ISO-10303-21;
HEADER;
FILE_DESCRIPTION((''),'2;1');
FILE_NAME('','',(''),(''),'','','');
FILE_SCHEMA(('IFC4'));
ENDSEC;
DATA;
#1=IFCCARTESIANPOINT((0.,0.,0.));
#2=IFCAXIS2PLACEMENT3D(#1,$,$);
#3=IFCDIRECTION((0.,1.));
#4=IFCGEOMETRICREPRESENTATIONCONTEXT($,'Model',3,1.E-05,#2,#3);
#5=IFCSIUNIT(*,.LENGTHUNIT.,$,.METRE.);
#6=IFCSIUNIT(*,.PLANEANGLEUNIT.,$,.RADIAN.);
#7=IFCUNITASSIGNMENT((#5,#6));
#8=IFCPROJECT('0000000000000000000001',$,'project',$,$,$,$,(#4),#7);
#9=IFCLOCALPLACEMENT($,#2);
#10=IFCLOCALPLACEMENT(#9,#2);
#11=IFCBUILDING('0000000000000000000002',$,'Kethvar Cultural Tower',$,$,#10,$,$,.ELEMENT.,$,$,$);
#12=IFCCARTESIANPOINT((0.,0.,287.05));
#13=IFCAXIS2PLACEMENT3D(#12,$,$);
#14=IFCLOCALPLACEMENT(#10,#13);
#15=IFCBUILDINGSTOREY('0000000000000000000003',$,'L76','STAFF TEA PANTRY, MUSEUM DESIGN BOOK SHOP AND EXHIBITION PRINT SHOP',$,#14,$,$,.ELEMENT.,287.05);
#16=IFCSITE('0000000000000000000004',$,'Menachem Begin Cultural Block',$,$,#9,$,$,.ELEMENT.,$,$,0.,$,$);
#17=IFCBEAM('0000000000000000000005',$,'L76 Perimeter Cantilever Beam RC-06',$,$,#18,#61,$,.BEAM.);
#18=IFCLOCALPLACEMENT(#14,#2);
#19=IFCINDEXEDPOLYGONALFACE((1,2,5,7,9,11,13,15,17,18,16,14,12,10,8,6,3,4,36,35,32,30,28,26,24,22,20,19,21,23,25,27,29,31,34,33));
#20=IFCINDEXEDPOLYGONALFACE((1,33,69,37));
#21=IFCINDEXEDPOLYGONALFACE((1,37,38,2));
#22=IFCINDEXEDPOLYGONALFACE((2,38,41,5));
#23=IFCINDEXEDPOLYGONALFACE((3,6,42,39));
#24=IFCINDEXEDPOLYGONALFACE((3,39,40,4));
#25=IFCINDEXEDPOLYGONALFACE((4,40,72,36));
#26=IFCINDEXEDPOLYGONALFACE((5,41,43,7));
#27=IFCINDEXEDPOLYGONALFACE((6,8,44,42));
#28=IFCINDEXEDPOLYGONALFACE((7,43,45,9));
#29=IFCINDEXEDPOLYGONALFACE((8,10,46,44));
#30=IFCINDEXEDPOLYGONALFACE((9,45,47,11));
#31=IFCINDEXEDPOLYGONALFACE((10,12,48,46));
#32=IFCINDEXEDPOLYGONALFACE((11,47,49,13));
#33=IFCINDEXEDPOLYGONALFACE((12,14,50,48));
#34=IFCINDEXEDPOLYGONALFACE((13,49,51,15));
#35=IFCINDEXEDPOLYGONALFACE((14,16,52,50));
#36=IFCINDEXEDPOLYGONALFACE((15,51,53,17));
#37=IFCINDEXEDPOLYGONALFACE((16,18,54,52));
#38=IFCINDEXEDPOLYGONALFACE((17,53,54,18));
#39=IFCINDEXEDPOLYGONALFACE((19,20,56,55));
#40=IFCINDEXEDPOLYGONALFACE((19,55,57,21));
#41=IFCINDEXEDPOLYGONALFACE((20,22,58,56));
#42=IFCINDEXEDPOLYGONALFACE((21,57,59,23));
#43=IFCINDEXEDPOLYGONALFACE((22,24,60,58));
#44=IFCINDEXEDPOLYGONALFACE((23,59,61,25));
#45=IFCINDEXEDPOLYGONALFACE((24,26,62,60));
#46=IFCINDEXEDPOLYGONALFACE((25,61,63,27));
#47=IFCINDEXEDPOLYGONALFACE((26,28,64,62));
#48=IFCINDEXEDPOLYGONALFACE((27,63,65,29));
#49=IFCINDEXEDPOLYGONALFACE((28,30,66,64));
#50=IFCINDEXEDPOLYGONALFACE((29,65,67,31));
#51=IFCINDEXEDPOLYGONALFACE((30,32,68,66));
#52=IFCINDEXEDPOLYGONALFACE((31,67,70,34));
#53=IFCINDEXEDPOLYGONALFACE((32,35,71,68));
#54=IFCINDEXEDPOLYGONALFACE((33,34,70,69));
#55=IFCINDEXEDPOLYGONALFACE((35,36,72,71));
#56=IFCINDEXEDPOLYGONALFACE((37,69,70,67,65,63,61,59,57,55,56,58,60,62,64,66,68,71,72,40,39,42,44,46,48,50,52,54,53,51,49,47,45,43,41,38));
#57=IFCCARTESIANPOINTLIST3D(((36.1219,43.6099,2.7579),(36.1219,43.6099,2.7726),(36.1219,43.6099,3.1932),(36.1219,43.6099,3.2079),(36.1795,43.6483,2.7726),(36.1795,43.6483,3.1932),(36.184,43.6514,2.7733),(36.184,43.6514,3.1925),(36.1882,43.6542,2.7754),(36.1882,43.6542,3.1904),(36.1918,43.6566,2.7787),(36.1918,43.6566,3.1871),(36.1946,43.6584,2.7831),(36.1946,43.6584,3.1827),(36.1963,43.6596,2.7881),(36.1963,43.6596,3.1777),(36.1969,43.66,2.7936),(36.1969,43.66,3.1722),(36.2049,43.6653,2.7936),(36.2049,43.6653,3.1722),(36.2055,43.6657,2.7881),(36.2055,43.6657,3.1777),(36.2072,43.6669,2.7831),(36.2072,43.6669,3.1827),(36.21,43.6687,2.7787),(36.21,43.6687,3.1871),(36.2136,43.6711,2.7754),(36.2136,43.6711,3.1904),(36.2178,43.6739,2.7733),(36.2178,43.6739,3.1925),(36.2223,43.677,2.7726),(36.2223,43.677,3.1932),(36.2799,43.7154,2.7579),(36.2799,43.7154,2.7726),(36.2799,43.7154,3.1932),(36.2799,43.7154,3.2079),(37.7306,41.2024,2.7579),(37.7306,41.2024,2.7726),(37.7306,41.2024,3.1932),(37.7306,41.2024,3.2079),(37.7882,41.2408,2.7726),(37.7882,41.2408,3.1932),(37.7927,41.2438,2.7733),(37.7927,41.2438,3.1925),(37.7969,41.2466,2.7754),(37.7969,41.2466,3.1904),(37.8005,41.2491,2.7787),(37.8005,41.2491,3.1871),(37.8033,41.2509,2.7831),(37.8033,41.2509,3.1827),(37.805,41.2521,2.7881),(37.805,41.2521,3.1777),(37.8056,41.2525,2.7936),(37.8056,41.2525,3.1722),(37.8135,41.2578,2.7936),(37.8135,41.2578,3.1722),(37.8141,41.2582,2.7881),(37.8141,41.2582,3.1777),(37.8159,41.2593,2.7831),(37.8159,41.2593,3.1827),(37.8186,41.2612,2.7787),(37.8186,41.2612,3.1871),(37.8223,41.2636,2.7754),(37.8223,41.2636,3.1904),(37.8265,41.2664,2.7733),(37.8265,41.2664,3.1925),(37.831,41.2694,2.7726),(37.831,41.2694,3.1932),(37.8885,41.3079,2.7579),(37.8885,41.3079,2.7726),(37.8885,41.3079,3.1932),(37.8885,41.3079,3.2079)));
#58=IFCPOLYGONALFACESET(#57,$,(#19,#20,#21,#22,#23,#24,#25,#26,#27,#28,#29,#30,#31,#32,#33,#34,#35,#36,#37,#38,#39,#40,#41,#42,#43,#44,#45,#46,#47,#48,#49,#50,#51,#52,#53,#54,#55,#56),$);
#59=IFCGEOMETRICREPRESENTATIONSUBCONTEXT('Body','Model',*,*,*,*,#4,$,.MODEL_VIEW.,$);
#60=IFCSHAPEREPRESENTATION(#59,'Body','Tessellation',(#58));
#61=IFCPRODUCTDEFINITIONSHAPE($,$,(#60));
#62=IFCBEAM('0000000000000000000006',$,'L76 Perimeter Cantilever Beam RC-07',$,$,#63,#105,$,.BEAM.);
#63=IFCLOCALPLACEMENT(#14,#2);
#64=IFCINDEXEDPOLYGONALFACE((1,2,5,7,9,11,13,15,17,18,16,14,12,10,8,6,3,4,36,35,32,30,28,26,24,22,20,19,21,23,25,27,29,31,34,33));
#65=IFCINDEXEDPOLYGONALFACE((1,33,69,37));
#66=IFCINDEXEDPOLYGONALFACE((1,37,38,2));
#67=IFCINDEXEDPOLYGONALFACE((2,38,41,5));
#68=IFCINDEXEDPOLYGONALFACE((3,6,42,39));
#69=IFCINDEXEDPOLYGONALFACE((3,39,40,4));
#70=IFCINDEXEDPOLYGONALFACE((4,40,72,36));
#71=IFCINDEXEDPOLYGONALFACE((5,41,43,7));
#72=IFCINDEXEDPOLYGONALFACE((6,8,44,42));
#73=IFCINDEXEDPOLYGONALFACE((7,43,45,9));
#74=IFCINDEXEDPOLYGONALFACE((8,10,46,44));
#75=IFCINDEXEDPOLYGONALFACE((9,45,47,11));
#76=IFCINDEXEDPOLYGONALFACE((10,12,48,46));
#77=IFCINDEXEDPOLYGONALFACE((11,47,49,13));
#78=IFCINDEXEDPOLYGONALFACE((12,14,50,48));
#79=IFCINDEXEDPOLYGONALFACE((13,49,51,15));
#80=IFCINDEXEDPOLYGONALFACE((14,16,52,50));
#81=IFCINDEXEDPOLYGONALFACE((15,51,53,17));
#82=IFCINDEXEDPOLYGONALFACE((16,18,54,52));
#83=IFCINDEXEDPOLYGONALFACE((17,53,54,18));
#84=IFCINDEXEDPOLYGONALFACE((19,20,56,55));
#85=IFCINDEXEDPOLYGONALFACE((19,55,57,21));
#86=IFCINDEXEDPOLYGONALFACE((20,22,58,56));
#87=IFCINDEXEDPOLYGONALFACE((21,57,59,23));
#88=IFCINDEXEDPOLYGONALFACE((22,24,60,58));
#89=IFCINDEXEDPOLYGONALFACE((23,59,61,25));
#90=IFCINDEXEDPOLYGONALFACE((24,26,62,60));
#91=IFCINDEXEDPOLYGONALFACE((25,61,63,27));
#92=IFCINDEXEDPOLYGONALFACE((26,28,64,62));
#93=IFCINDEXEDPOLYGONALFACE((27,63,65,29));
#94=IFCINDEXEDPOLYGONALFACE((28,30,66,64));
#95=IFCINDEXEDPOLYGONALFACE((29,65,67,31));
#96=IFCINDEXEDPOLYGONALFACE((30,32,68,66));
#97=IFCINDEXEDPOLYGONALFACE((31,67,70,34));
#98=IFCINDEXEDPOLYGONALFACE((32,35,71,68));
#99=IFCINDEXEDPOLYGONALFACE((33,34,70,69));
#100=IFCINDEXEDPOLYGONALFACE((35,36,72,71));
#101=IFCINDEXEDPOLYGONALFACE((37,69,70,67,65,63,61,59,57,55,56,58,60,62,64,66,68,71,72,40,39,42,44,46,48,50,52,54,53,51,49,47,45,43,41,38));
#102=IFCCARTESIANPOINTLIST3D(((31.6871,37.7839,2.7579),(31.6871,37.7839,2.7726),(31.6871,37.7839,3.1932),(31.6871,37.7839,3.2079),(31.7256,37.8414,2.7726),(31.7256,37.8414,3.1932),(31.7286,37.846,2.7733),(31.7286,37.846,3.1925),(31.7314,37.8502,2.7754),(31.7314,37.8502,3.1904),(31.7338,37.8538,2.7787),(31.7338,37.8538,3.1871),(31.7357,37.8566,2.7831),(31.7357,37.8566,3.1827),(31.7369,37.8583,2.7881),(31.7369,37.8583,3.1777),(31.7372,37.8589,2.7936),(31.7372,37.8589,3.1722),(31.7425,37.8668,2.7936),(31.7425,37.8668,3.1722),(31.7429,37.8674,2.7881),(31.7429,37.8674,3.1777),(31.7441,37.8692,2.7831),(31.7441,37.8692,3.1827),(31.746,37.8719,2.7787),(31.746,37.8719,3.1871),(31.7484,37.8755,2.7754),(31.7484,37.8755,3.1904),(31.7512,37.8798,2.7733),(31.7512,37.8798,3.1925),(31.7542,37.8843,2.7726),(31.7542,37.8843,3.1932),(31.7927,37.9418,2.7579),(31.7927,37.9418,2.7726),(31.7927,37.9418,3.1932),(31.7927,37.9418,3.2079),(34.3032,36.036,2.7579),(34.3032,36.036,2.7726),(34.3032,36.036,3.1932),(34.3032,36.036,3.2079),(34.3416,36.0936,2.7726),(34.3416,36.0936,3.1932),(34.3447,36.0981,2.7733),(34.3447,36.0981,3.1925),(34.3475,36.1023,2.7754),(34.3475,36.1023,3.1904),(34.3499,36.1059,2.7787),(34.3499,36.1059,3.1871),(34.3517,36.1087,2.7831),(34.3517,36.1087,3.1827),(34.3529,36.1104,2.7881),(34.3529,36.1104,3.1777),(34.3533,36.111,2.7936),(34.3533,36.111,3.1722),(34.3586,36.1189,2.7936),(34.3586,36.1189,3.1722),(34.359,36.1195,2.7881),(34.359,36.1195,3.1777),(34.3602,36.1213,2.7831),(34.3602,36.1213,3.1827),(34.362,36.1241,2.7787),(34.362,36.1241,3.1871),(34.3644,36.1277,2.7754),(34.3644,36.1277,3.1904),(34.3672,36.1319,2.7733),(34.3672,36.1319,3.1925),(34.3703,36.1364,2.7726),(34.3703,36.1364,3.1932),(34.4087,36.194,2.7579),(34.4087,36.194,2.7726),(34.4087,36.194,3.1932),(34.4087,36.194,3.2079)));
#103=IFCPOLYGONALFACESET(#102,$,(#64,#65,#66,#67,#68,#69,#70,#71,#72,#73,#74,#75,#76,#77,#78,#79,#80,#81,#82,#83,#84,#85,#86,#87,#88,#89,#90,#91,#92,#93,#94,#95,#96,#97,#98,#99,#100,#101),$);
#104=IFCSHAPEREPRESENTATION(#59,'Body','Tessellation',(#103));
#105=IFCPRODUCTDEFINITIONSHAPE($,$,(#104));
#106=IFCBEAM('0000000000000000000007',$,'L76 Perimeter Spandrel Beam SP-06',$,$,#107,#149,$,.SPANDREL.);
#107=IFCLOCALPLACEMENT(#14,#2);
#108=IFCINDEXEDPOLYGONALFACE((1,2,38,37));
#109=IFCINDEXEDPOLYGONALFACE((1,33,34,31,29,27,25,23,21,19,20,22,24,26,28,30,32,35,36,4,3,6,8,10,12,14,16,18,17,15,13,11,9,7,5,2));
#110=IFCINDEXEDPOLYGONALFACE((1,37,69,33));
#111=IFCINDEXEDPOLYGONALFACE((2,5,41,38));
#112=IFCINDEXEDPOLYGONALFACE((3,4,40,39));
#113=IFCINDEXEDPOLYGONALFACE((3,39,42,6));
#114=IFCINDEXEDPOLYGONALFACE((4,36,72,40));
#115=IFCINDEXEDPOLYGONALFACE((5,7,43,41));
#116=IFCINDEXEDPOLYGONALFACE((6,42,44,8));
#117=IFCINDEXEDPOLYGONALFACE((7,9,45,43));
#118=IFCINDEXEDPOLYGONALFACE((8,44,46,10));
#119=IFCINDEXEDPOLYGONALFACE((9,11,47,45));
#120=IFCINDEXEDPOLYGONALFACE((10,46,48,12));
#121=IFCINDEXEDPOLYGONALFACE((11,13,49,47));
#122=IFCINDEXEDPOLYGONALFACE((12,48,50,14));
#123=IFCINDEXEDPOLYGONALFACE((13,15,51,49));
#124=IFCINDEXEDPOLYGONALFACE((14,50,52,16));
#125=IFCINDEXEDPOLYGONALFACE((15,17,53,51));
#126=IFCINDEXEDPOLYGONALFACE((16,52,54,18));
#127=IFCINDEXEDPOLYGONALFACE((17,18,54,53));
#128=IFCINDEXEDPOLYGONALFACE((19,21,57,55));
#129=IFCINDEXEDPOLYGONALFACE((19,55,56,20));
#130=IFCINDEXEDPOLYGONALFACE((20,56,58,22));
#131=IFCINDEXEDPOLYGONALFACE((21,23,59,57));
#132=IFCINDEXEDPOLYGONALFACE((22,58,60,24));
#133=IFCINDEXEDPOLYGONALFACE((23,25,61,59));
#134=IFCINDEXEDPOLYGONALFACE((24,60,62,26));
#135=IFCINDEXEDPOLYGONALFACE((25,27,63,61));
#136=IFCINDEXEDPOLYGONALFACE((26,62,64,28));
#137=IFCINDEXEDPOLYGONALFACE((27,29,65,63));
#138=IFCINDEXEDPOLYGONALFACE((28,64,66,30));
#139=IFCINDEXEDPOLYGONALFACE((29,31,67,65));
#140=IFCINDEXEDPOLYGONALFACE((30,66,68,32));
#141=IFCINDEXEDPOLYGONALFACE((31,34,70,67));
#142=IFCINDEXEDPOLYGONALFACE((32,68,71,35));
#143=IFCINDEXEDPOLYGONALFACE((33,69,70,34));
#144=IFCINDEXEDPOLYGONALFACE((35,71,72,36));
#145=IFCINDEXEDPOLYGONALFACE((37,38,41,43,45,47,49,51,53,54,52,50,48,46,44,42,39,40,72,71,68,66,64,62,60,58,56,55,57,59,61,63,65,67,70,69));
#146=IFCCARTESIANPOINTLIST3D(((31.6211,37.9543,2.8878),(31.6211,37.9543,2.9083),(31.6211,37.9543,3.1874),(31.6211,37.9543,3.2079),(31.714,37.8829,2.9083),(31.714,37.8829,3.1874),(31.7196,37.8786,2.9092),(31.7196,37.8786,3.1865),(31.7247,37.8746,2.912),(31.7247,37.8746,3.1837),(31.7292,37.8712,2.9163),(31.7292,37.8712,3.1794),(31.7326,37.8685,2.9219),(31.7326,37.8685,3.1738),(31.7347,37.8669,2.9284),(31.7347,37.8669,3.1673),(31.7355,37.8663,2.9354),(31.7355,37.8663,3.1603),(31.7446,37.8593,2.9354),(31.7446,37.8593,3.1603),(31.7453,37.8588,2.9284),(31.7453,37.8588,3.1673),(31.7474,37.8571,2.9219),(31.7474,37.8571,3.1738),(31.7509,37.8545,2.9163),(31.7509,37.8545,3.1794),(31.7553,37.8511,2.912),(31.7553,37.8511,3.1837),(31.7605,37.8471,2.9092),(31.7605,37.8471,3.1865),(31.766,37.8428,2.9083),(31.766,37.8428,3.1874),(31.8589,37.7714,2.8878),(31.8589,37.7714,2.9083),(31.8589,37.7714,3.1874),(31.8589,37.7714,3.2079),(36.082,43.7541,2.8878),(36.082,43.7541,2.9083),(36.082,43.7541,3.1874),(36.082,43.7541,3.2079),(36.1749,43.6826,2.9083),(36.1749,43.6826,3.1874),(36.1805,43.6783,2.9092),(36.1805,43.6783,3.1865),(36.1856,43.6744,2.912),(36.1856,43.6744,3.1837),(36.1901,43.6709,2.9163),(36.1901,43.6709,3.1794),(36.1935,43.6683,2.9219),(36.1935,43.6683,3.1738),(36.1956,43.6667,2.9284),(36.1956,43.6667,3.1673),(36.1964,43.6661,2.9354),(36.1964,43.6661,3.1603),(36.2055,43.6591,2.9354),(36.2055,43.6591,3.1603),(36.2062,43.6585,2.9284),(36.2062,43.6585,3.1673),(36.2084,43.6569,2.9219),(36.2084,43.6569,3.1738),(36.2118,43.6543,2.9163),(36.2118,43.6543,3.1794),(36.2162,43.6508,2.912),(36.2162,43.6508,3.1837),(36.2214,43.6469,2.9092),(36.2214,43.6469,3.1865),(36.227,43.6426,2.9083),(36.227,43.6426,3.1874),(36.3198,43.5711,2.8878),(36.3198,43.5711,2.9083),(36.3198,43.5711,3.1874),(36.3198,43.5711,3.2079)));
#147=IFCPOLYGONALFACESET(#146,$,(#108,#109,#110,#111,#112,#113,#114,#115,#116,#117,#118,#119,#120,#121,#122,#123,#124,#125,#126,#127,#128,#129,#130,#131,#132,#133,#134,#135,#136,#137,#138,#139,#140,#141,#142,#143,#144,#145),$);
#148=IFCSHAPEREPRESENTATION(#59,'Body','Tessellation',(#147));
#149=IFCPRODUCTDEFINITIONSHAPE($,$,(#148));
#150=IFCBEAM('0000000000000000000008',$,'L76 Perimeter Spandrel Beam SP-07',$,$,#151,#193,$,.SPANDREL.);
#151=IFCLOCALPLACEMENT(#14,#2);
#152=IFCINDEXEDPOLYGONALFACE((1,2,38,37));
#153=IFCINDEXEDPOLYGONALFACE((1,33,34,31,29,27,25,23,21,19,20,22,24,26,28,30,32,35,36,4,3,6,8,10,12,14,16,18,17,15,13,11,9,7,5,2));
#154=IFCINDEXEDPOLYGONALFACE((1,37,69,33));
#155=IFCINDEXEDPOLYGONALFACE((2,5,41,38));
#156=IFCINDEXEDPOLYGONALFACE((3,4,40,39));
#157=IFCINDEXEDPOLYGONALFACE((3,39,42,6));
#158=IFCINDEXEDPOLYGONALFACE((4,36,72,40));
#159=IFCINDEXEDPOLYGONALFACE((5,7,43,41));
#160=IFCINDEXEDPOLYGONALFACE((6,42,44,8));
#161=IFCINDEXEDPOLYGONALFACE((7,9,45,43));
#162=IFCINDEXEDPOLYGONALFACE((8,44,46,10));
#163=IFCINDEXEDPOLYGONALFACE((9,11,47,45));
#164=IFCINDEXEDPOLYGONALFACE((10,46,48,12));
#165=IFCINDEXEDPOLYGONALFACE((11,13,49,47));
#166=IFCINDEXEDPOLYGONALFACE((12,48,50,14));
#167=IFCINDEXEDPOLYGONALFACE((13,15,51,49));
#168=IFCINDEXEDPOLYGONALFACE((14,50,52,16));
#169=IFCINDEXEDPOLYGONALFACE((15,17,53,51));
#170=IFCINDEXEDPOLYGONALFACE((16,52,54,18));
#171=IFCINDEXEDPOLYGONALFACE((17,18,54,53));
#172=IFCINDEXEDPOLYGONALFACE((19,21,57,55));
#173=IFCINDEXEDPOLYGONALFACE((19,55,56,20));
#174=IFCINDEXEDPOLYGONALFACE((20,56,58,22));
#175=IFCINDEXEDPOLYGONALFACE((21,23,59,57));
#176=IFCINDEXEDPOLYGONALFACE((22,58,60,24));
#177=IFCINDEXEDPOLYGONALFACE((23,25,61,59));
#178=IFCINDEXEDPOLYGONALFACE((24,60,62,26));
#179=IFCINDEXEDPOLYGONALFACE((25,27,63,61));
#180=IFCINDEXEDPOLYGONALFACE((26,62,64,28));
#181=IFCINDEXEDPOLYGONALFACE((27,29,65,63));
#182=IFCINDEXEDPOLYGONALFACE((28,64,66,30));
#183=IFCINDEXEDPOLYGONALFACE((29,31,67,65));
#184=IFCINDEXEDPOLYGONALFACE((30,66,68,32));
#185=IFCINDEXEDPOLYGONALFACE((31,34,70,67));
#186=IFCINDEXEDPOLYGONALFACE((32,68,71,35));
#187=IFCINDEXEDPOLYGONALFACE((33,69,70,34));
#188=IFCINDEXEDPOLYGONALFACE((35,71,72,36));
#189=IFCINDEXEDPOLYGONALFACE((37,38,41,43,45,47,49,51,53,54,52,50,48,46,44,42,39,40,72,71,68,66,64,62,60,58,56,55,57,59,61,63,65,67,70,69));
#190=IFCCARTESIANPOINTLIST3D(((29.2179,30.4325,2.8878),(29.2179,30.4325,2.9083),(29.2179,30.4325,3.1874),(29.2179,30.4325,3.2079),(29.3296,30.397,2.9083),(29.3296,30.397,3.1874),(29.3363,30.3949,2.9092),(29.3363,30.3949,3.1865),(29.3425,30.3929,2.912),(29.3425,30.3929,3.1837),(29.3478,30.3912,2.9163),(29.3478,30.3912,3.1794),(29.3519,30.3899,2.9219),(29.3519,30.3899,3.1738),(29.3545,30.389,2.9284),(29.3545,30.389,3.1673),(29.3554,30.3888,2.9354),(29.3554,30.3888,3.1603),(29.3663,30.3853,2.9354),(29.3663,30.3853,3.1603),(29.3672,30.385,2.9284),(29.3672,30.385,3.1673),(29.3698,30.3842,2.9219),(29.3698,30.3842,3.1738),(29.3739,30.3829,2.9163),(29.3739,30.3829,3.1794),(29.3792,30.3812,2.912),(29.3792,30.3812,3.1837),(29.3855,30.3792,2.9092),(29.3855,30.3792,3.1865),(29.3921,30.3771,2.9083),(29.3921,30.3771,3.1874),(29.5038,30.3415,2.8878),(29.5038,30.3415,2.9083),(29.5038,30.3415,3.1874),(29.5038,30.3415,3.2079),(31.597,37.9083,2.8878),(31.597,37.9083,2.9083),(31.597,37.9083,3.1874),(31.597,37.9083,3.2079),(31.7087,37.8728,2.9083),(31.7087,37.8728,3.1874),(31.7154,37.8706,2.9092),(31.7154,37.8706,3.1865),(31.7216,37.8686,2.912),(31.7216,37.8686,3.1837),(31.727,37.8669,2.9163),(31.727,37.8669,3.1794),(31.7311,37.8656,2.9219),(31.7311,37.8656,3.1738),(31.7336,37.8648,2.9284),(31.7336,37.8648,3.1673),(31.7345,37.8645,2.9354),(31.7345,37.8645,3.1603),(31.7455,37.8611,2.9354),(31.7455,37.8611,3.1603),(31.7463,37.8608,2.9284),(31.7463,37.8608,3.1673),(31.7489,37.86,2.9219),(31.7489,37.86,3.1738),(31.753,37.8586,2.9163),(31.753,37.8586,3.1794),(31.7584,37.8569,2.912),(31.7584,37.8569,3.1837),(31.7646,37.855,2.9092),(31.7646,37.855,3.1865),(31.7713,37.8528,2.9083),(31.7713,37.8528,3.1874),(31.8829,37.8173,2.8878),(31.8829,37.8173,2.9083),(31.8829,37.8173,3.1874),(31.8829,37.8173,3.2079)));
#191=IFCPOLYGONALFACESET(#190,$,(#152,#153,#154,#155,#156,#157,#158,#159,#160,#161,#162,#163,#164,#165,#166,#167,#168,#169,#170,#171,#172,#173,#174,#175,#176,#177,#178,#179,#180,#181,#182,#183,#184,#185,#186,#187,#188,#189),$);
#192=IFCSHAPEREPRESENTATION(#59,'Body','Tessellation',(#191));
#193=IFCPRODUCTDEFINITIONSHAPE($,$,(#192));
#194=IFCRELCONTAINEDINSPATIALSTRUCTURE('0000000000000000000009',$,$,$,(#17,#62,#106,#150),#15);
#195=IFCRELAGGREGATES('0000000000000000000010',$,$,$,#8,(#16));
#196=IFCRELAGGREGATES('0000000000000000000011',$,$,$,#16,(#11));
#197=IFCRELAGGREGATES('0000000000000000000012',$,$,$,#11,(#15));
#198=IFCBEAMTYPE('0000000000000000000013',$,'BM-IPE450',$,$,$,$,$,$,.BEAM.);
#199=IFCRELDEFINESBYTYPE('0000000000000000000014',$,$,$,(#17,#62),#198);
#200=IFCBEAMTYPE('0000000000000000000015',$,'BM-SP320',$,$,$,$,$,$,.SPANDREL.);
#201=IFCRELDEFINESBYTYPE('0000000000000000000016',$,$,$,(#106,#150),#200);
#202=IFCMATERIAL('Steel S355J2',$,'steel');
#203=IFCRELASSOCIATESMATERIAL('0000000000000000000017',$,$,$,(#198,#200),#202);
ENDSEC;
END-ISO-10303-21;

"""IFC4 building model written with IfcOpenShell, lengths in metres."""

from ifc_helpers import new_model, si_unit, direction, frame, origin, origin_2d, place, context, subcontext, project, spatial, i_section, extrude, source, transform, mapped, material, material_profile, profile_set, type_object, element, save


model = new_model("IFC4")

# Units and contexts
model_context = context("Model", 3, precision=1e-05, world=origin(), true_north=direction((0.0, 1.0)))
body_context = subcontext(model_context, "Body", "Model", "MODEL_VIEW")
ifc_project = project(units=[si_unit("LENGTHUNIT", "METRE"), si_unit("PLANEANGLEUNIT", "RADIAN")], contexts=[model_context])

# Site, building, storey
site_placement = place(None, origin())
site = spatial("IfcSite", under=ifc_project, at=site_placement, Name="Menachem Begin Cultural Block", CompositionType="ELEMENT", RefElevation=0.0)
building_placement = place(site_placement, origin())
building = spatial("IfcBuilding", under=site, at=building_placement, Name="Kethvar Cultural Tower", CompositionType="ELEMENT")
storey_placement = place(building_placement, frame((0.0, 0.0, 287.05)))
storey = spatial("IfcBuildingStorey", under=building, at=storey_placement, Name="L76", Description="STAFF TEA PANTRY, MUSEUM DESIGN BOOK SHOP AND EXHIBITION PRINT SHOP", CompositionType="ELEMENT", Elevation=287.05)

# Shared definitions
ifc_material_1 = material(Name="Steel S355J2", Category="steel")

# Beams
ifc_material_profile_1 = material_profile(ifc_material_1, i_section(OverallWidth=0.1899, OverallDepth=0.45, WebThickness=0.0095, FlangeThickness=0.0146, FilletRadius=0.021, at=origin_2d()), Name="Steel S355J2 — IPE450")
ifc_profile_set_1 = profile_set([ifc_material_profile_1], Name="Steel S355J2 — IPE450")
beam_type_1 = type_object("IfcBeamType", Name="BM-IPE450", PredefinedType="BEAM", material=ifc_profile_set_1)
shared_shape_1 = source(origin(), body_context, "Body", "SweptSolid", [
    extrude(i_section(OverallWidth=0.1899, OverallDepth=0.45, WebThickness=0.0095, FlangeThickness=0.0146, FilletRadius=0.021, at=origin_2d()), origin(), (0.0, 0.0, 1.0), 2.8955),
])
beam_1_placement = place(storey_placement, frame((37.8096, 41.2551, 2.9829), z_axis=(-0.555576, 0.831466, 0.0), x_axis=(-0.831466, -0.555576, 0.0)))
element("IfcBeam", 1, at=beam_1_placement, inside=storey, type_object=beam_type_1, Name="L76 Perimeter Cantilever Beam RC-06", PredefinedType="BEAM", context=body_context, shape_type="MappedRepresentation", body=[
    mapped(shared_shape_1, transform((0.0, 0.0, 0.0), scale=1.0)),
])
shared_shape_2 = source(origin(), body_context, "Body", "SweptSolid", [
    extrude(i_section(OverallWidth=0.1899, OverallDepth=0.45, WebThickness=0.0095, FlangeThickness=0.0146, FilletRadius=0.021, at=origin_2d()), origin(), (0.0, 0.0, 1.0), 3.1462),
])
beam_2_placement = place(storey_placement, frame((34.356, 36.115, 2.9829), z_axis=(-0.831489, 0.555542, 0.0), x_axis=(-0.555542, -0.831489, 0.0)))
element("IfcBeam", 2, at=beam_2_placement, inside=storey, type_object=beam_type_1, Name="L76 Perimeter Cantilever Beam RC-07", PredefinedType="BEAM", context=body_context, shape_type="MappedRepresentation", body=[
    mapped(shared_shape_2, transform((0.0, 0.0, 0.0), scale=1.0)),
])
ifc_material_profile_2 = material_profile(ifc_material_1, i_section(OverallWidth=0.3, OverallDepth=0.3201, WebThickness=0.0115, FlangeThickness=0.0205, FilletRadius=0.0271, at=origin_2d()), Name="Steel S355J2 — HEB320")
ifc_profile_set_2 = profile_set([ifc_material_profile_2], Name="Steel S355J2 — HEB320")
beam_type_2 = type_object("IfcBeamType", Name="BM-SP320", PredefinedType="SPANDREL", material=ifc_profile_set_2)
shared_shape_3 = source(origin(), body_context, "Body", "SweptSolid", [
    extrude(i_section(OverallWidth=0.3, OverallDepth=0.3201, WebThickness=0.0115, FlangeThickness=0.0205, FilletRadius=0.0271, at=origin_2d()), origin(), (0.0, 0.0, 1.0), 7.3169),
])
beam_3_placement = place(storey_placement, frame((36.2009, 43.6626, 3.0479), z_axis=(-0.609672, -0.792654, 0.0), x_axis=(0.792654, -0.609672, 0.0)))
element("IfcBeam", 3, at=beam_3_placement, inside=storey, type_object=beam_type_2, Name="L76 Perimeter Spandrel Beam SP-06", PredefinedType="SPANDREL", context=body_context, shape_type="MappedRepresentation", body=[
    mapped(shared_shape_3, transform((0.0, 0.0, 0.0), scale=1.0)),
])
shared_shape_4 = source(origin(), body_context, "Body", "SweptSolid", [
    extrude(i_section(OverallWidth=0.3, OverallDepth=0.3201, WebThickness=0.0115, FlangeThickness=0.0205, FilletRadius=0.0271, at=origin_2d()), origin(), (0.0, 0.0, 1.0), 7.8452),
])
beam_4_placement = place(storey_placement, frame((31.74, 37.8628, 3.0479), z_axis=(-0.303259, -0.952908, 0.0), x_axis=(0.952908, -0.303259, 0.0)))
element("IfcBeam", 4, at=beam_4_placement, inside=storey, type_object=beam_type_2, Name="L76 Perimeter Spandrel Beam SP-07", PredefinedType="SPANDREL", context=body_context, shape_type="MappedRepresentation", body=[
    mapped(shared_shape_4, transform((0.0, 0.0, 0.0), scale=1.0)),
])

save(model, "model.ifc")
